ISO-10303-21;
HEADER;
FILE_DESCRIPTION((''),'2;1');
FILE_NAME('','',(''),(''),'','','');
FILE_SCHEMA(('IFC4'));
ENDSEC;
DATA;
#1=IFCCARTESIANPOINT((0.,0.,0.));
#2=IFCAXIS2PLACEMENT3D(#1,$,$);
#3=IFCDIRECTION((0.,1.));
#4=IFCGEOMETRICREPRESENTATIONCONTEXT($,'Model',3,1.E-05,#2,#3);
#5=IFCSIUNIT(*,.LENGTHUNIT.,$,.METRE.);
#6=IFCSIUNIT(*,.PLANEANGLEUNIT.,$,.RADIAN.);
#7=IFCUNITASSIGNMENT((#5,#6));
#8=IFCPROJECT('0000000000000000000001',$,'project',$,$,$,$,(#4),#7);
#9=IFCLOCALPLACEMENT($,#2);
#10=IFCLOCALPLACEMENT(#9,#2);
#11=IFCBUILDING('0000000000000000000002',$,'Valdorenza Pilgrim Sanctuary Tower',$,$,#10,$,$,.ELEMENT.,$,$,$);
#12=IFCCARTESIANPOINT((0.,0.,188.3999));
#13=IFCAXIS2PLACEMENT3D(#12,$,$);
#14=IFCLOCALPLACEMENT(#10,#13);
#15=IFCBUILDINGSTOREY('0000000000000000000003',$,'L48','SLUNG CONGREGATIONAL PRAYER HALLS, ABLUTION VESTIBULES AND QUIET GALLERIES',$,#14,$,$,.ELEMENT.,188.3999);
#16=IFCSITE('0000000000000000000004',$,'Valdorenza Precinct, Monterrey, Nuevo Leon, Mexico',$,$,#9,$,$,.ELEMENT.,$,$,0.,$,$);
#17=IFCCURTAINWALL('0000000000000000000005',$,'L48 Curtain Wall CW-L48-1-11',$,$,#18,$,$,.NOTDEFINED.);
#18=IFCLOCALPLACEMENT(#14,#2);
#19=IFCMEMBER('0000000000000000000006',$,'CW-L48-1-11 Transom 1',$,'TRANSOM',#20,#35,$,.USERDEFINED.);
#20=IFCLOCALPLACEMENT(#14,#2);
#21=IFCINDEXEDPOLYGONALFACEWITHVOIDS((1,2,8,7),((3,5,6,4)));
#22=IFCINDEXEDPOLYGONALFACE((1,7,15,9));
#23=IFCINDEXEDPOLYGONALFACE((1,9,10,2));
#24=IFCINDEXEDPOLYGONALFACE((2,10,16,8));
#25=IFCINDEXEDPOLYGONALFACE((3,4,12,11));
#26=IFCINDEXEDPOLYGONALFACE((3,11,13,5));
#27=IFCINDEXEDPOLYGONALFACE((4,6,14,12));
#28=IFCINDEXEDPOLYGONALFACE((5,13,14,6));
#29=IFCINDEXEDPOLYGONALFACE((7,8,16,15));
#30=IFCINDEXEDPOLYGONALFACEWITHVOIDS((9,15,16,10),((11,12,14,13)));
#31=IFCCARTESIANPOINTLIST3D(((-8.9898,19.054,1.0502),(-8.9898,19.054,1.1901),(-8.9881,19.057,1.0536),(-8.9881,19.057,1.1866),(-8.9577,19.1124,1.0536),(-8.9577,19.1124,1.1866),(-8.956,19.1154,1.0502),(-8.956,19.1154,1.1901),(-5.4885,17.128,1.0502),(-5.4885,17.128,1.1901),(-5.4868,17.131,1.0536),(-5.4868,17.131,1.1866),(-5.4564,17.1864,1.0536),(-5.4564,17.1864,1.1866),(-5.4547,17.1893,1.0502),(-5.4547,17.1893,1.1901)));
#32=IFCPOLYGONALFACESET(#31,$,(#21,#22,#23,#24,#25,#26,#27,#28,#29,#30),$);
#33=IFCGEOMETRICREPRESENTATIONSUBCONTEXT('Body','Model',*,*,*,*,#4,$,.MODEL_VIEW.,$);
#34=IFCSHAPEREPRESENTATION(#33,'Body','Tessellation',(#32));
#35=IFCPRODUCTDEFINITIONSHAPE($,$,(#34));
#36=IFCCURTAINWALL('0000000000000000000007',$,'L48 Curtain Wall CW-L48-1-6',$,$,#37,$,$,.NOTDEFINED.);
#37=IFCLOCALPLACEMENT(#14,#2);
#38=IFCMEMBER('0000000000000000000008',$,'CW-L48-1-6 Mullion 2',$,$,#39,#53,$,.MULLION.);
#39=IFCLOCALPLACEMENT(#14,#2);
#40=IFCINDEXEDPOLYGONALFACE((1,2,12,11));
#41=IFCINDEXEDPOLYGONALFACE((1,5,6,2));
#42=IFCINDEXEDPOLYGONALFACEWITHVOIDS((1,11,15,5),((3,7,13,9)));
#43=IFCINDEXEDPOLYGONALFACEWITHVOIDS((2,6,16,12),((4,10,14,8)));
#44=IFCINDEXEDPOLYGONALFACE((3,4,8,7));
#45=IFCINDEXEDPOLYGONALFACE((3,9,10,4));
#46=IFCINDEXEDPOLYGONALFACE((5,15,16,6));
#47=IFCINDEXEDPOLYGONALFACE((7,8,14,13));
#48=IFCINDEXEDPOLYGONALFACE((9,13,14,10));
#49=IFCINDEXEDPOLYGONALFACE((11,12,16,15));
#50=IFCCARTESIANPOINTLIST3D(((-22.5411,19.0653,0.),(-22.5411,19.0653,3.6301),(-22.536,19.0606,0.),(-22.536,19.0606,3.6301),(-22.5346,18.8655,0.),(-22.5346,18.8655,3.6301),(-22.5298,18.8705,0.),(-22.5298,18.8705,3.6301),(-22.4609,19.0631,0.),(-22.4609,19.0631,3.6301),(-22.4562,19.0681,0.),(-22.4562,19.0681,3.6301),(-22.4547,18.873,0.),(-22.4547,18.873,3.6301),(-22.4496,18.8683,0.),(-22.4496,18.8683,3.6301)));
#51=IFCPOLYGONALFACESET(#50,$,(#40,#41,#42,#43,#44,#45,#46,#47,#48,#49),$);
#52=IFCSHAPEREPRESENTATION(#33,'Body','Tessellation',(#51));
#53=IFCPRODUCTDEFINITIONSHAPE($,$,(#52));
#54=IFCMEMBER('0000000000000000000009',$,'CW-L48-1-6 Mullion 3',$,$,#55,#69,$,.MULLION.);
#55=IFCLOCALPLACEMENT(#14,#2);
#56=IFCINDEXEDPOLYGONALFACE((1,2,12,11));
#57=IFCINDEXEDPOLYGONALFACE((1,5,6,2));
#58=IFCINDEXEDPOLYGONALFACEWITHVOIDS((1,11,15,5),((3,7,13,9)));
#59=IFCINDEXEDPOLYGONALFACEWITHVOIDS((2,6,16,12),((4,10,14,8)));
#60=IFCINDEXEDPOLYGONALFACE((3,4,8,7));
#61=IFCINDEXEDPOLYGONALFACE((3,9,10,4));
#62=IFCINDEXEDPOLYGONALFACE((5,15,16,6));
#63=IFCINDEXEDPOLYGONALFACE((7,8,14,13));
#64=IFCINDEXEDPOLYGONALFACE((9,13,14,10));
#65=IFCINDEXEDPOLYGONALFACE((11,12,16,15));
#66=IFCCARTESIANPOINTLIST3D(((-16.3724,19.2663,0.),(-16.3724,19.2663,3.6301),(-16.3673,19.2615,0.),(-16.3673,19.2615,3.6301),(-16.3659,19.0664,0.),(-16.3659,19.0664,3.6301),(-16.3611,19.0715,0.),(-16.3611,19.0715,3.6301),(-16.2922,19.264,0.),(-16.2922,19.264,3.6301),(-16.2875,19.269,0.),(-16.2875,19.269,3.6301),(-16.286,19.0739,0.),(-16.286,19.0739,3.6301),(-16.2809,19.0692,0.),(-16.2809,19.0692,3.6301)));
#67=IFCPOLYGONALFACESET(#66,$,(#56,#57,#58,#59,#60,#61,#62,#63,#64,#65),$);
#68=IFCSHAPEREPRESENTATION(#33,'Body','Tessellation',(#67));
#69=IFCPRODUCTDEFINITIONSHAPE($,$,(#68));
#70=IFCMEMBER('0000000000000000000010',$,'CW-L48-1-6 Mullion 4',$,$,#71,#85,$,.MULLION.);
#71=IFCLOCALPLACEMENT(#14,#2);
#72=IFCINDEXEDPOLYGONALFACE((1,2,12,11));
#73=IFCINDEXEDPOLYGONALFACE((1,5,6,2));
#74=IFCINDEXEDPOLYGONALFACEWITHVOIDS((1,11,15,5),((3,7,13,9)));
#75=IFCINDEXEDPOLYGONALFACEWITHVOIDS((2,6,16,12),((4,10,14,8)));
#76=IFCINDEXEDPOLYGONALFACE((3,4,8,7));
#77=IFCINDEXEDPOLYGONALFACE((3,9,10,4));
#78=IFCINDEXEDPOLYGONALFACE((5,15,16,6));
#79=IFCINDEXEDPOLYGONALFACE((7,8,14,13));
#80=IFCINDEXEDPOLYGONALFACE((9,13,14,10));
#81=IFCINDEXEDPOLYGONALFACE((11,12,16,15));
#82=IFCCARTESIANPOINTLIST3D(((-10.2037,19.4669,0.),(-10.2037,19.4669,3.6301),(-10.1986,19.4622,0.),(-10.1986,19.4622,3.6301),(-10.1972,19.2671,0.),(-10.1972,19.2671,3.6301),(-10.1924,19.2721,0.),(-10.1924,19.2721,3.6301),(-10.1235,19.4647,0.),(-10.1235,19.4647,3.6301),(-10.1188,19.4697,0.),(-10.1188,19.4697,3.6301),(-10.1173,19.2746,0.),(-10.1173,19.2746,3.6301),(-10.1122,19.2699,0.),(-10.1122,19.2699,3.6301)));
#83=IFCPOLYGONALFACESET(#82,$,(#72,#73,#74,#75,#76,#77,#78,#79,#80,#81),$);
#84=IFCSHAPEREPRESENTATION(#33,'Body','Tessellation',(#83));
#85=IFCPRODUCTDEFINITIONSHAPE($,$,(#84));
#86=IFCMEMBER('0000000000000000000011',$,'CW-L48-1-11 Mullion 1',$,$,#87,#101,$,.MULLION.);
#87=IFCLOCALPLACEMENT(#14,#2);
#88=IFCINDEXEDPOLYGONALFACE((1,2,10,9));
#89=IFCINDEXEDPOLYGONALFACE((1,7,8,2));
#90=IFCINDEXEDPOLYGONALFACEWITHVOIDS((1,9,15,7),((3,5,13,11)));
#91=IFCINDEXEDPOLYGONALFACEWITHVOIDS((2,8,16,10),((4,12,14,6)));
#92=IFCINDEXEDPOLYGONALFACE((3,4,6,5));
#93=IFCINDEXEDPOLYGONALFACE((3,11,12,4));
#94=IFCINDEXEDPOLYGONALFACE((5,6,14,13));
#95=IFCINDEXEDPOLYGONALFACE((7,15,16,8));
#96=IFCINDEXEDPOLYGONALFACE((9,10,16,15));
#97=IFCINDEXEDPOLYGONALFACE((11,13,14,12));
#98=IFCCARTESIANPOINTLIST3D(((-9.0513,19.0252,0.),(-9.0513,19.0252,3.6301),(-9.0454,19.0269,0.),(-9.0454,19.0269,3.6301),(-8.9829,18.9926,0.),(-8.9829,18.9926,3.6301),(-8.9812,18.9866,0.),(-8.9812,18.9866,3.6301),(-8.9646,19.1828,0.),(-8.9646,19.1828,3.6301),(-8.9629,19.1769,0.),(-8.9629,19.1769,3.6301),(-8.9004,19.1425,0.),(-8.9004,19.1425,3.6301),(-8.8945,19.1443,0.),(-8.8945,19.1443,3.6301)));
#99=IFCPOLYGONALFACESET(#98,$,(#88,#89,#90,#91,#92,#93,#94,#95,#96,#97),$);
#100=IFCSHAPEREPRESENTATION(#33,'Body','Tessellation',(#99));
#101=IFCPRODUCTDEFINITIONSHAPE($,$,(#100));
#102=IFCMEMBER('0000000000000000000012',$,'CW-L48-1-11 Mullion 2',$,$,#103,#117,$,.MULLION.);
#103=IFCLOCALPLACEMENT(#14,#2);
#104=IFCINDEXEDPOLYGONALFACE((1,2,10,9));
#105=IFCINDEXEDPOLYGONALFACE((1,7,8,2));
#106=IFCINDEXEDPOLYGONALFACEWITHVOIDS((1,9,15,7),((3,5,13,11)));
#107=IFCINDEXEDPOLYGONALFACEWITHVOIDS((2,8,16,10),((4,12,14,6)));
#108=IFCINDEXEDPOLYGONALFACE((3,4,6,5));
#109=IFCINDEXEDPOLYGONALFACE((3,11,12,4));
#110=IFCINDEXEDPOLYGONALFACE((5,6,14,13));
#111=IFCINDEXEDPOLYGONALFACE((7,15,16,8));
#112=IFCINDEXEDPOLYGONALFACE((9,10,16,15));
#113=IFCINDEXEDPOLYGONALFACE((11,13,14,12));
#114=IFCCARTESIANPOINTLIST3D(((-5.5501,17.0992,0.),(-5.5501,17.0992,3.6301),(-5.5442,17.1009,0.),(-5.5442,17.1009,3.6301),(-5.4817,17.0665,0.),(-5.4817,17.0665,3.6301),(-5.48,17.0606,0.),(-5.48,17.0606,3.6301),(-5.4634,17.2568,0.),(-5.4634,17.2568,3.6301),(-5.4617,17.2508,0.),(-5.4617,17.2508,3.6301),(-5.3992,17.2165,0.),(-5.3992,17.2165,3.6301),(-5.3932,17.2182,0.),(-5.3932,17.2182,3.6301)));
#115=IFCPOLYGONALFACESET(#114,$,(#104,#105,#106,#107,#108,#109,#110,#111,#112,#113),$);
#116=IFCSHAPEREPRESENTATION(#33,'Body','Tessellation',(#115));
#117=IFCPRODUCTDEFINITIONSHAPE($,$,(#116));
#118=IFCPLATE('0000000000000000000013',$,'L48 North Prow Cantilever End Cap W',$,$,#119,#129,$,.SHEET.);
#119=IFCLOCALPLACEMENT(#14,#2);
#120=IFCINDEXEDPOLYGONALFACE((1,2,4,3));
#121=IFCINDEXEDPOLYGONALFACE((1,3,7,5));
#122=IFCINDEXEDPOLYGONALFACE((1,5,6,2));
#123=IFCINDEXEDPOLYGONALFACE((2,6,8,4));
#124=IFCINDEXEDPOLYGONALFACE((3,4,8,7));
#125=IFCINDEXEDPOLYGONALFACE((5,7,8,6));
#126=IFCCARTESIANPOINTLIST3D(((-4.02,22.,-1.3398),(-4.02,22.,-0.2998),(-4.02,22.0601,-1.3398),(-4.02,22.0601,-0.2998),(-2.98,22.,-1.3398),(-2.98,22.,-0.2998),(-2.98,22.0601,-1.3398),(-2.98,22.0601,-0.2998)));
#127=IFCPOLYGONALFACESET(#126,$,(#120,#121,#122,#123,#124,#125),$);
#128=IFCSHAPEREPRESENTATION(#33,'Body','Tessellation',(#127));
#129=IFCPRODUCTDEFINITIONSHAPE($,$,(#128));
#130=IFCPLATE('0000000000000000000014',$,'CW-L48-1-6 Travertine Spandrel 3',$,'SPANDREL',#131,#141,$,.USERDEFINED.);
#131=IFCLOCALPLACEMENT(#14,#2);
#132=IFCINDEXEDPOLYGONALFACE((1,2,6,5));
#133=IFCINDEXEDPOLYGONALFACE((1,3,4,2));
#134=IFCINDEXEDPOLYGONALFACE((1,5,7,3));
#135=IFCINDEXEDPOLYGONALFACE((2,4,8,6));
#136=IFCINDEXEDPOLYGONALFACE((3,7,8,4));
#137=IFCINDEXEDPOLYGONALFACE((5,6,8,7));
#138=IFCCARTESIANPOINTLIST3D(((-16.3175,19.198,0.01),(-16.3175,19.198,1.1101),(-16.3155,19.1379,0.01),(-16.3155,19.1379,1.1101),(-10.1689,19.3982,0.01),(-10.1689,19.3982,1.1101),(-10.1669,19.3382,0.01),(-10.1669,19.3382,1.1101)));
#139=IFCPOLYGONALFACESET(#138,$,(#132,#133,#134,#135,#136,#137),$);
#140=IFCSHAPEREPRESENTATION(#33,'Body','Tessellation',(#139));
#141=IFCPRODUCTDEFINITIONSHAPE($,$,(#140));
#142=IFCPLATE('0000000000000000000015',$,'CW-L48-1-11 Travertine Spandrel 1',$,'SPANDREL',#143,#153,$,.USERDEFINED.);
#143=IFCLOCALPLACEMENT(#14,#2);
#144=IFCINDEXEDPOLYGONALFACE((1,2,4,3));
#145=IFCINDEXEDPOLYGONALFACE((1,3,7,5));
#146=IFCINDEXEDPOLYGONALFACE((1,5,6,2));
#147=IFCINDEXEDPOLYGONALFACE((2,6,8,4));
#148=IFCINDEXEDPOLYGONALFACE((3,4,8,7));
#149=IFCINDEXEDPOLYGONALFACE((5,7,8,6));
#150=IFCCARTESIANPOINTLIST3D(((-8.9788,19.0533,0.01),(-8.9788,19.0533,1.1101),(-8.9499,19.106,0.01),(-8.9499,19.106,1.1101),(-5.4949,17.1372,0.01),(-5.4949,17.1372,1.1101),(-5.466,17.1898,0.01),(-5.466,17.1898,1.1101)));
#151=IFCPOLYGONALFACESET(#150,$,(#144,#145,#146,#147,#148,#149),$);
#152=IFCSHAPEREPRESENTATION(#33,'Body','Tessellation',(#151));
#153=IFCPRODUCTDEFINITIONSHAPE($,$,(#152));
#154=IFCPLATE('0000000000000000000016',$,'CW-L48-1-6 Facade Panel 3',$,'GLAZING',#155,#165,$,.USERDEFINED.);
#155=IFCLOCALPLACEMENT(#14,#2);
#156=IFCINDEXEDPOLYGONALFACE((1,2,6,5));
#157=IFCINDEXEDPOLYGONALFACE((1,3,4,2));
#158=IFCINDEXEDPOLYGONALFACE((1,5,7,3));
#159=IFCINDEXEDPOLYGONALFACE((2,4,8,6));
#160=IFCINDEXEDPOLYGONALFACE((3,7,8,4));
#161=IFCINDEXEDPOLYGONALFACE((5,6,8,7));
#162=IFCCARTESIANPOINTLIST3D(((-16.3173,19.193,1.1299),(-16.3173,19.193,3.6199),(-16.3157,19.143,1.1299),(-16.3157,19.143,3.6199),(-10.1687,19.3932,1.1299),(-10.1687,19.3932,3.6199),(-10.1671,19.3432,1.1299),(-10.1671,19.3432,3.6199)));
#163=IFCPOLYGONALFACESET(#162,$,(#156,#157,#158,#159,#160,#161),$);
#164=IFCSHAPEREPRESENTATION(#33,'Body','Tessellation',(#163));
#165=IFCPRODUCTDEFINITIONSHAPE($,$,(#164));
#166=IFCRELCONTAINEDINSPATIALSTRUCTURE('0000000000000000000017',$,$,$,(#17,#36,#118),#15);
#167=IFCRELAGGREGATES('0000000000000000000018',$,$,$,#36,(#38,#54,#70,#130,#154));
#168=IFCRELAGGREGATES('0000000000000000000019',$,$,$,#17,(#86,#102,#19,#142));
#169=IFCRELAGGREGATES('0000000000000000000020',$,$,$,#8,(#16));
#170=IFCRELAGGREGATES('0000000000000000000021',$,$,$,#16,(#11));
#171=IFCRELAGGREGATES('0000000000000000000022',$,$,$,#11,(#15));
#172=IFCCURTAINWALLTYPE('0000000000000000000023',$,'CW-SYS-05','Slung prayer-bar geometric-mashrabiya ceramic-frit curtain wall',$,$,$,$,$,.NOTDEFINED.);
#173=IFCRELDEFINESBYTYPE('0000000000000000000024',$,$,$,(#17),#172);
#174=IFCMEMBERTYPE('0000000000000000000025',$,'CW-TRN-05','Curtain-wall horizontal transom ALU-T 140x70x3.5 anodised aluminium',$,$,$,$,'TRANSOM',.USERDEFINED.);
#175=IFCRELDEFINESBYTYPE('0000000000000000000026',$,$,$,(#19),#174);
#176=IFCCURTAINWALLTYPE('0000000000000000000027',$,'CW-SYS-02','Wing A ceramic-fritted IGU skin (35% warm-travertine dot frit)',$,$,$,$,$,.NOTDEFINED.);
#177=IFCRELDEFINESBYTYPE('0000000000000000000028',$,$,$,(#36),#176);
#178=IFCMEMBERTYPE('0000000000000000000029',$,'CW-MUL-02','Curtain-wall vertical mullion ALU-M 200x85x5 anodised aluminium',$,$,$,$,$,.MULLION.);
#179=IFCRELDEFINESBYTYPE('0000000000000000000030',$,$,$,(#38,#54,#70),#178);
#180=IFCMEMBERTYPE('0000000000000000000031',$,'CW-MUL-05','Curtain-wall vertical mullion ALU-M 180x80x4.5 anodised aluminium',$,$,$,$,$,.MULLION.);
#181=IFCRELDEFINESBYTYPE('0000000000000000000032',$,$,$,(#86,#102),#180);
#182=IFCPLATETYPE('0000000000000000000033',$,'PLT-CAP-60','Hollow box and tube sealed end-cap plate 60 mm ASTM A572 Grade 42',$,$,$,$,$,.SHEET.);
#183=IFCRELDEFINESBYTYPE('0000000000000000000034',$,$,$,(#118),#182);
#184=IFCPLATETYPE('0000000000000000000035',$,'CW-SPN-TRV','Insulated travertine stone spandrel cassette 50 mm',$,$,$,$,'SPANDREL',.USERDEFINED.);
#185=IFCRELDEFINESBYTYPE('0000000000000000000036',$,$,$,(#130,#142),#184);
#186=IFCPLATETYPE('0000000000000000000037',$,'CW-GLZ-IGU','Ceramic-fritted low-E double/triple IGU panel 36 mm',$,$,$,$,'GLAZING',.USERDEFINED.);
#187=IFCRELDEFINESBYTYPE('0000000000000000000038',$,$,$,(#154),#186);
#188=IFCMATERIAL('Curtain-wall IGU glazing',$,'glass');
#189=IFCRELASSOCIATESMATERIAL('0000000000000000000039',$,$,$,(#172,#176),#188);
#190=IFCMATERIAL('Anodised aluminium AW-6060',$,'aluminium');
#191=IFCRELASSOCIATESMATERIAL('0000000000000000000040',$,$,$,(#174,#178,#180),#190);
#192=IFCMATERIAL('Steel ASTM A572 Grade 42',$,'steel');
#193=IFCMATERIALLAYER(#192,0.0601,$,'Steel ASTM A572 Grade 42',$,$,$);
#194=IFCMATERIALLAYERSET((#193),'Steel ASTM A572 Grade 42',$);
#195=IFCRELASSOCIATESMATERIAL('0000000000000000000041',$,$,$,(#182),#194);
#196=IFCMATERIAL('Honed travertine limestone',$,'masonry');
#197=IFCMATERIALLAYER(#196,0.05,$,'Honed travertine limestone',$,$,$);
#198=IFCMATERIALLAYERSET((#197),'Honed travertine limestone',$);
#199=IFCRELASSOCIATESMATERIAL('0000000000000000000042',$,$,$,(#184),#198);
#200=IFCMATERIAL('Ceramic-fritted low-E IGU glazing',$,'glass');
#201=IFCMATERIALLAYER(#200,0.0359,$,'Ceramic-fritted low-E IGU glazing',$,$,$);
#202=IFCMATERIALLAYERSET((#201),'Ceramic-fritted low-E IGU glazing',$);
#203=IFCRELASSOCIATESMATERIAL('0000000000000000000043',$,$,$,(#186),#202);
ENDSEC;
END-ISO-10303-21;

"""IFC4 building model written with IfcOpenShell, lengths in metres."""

from ifc_helpers import new_model, si_unit, direction, frame, origin, origin_2d, place, context, subcontext, project, spatial, rectangle, hollow_rectangle, extrude, source, transform, mapped, material, layer, layer_set, material_profile, profile_set, type_object, element, aggregate, save


model = new_model("IFC4")

# Units and contexts
model_context = context("Model", 3, precision=1e-05, world=origin(), true_north=direction((0.0, 1.0)))
body_context = subcontext(model_context, "Body", "Model", "MODEL_VIEW")
ifc_project = project(units=[si_unit("LENGTHUNIT", "METRE"), si_unit("PLANEANGLEUNIT", "RADIAN")], contexts=[model_context])

# Site, building, storey
site_placement = place(None, origin())
site = spatial("IfcSite", under=ifc_project, at=site_placement, Name="Valdorenza Precinct, Monterrey, Nuevo Leon, Mexico", CompositionType="ELEMENT", RefElevation=0.0)
building_placement = place(site_placement, origin())
building = spatial("IfcBuilding", under=site, at=building_placement, Name="Valdorenza Pilgrim Sanctuary Tower", CompositionType="ELEMENT")
storey_placement = place(building_placement, frame((0.0, 0.0, 188.3999)))
storey = spatial("IfcBuildingStorey", under=building, at=storey_placement, Name="L48", Description="SLUNG CONGREGATIONAL PRAYER HALLS, ABLUTION VESTIBULES AND QUIET GALLERIES", CompositionType="ELEMENT", Elevation=188.3999)

# Shared definitions
ifc_material_1 = material(Name="Steel ASTM A572 Grade 42", Category="steel")

# Curtain wall, member
ifc_material_2 = material(Name="Curtain-wall IGU glazing", Category="glass")
curtain_wall_type_1 = type_object("IfcCurtainWallType", Name="CW-SYS-05", Description="Slung prayer-bar geometric-mashrabiya ceramic-frit curtain wall", PredefinedType="NOTDEFINED", material=ifc_material_2)
curtain_wall_1_placement = place(storey_placement, origin())
curtain_wall_1 = element("IfcCurtainWall", 1, at=curtain_wall_1_placement, inside=storey, type_object=curtain_wall_type_1, Name="L48 Curtain Wall CW-L48-1-11", PredefinedType="NOTDEFINED")
ifc_material_3 = material(Name="Anodised aluminium AW-6060", Category="aluminium")
ifc_material_profile_1 = material_profile(ifc_material_3, hollow_rectangle(XDim=0.0701, YDim=0.1399, WallThickness=0.0034, at=origin_2d()), Name="ALU-T 140x70x3.5")
ifc_profile_set_1 = profile_set([ifc_material_profile_1], Name="Anodised aluminium AW-6060")
member_type_1 = type_object("IfcMemberType", Name="CW-TRN-05", Description="Curtain-wall horizontal transom ALU-T 140x70x3.5 anodised aluminium", ElementType="TRANSOM", PredefinedType="USERDEFINED", material=ifc_profile_set_1)
shared_shape_1 = source(origin(), body_context, "Body", "SweptSolid", [
    extrude(hollow_rectangle(XDim=0.0701, YDim=0.1399, WallThickness=0.0034, at=origin_2d()), origin(), (0.0, 0.0, 1.0), 3.9961),
])
member_1_placement = place(storey_placement, frame((-8.9729, 19.0847, 1.1201), z_axis=(0.876178, -0.481987, 0.0), x_axis=(0.481987, 0.876178, 0.0)))
member_1 = element("IfcMember", 2, at=member_1_placement, type_object=member_type_1, Name="CW-L48-1-11 Transom 1", ObjectType="TRANSOM", PredefinedType="USERDEFINED", context=body_context, shape_type="MappedRepresentation", body=[
    mapped(shared_shape_1, transform((0.0, 0.0, 0.0), x_axis=(1.0, 0.0, 0.0), y_axis=(0.0, 1.0, 0.0), z_axis=(0.0, 0.0, 1.0), scale=1.0)),
])

# Curtain wall, members
curtain_wall_type_2 = type_object("IfcCurtainWallType", Name="CW-SYS-02", Description="Wing A ceramic-fritted IGU skin (35% warm-travertine dot frit)", PredefinedType="NOTDEFINED", material=ifc_material_2)
curtain_wall_2_placement = place(storey_placement, origin())
curtain_wall_2 = element("IfcCurtainWall", 3, at=curtain_wall_2_placement, inside=storey, type_object=curtain_wall_type_2, Name="L48 Curtain Wall CW-L48-1-6", PredefinedType="NOTDEFINED")
ifc_material_profile_2 = material_profile(ifc_material_3, hollow_rectangle(XDim=0.085, YDim=0.2, WallThickness=0.0049, at=origin_2d()), Name="ALU-M 200x85x5")
ifc_profile_set_2 = profile_set([ifc_material_profile_2], Name="Anodised aluminium AW-6060")
member_type_2 = type_object("IfcMemberType", Name="CW-MUL-02", Description="Curtain-wall vertical mullion ALU-M 200x85x5 anodised aluminium", PredefinedType="MULLION", material=ifc_profile_set_2)
shared_shape_2 = source(origin(), body_context, "Body", "SweptSolid", [
    extrude(hollow_rectangle(XDim=0.085, YDim=0.2, WallThickness=0.0049, at=origin_2d()), origin(), (0.0, 0.0, 1.0), 3.6301),
])
member_2_placement = place(storey_placement, frame((-22.4954, 18.9668, 0.0), z_axis=(0.0, 0.0, 1.0), x_axis=(0.99947, 0.032545, 0.0)))
member_2 = element("IfcMember", 4, at=member_2_placement, type_object=member_type_2, Name="CW-L48-1-6 Mullion 2", PredefinedType="MULLION", context=body_context, shape_type="MappedRepresentation", body=[
    mapped(shared_shape_2, transform((0.0, 0.0, 0.0), x_axis=(1.0, 0.0, 0.0), y_axis=(0.0, 1.0, 0.0), z_axis=(0.0, 0.0, 1.0), scale=1.0)),
])
member_3_placement = place(storey_placement, frame((-16.3267, 19.1677, 0.0), z_axis=(0.0, 0.0, 1.0), x_axis=(0.99947, 0.032545, 0.0)))
member_3 = element("IfcMember", 5, at=member_3_placement, type_object=member_type_2, Name="CW-L48-1-6 Mullion 3", PredefinedType="MULLION", context=body_context, shape_type="MappedRepresentation", body=[
    mapped(shared_shape_2, transform((0.0, 0.0, 0.0), x_axis=(1.0, 0.0, 0.0), y_axis=(0.0, 1.0, 0.0), z_axis=(0.0, 0.0, 1.0), scale=1.0)),
])
member_4_placement = place(storey_placement, frame((-10.158, 19.3684, 0.0), z_axis=(0.0, 0.0, 1.0), x_axis=(0.99947, 0.032545, 0.0)))
member_4 = element("IfcMember", 6, at=member_4_placement, type_object=member_type_2, Name="CW-L48-1-6 Mullion 4", PredefinedType="MULLION", context=body_context, shape_type="MappedRepresentation", body=[
    mapped(shared_shape_2, transform((0.0, 0.0, 0.0), x_axis=(1.0, 0.0, 0.0), y_axis=(0.0, 1.0, 0.0), z_axis=(0.0, 0.0, 1.0), scale=1.0)),
])

# Members
ifc_material_profile_3 = material_profile(ifc_material_3, hollow_rectangle(XDim=0.0801, YDim=0.1799, WallThickness=0.0044, at=origin_2d()), Name="ALU-M 180x80x4.5")
ifc_profile_set_3 = profile_set([ifc_material_profile_3], Name="Anodised aluminium AW-6060")
member_type_3 = type_object("IfcMemberType", Name="CW-MUL-05", Description="Curtain-wall vertical mullion ALU-M 180x80x4.5 anodised aluminium", PredefinedType="MULLION", material=ifc_profile_set_3)
shared_shape_3 = source(origin(), body_context, "Body", "SweptSolid", [
    extrude(hollow_rectangle(XDim=0.0801, YDim=0.1799, WallThickness=0.0044, at=origin_2d()), origin(), (0.0, 0.0, 1.0), 3.6301),
])
member_5_placement = place(storey_placement, frame((-8.9729, 19.0847, 0.0), z_axis=(0.0, 0.0, 1.0), x_axis=(0.876214, -0.481922, 0.0)))
member_5 = element("IfcMember", 7, at=member_5_placement, type_object=member_type_3, Name="CW-L48-1-11 Mullion 1", PredefinedType="MULLION", context=body_context, shape_type="MappedRepresentation", body=[
    mapped(shared_shape_3, transform((0.0, 0.0, 0.0), x_axis=(1.0, 0.0, 0.0), y_axis=(0.0, 1.0, 0.0), z_axis=(0.0, 0.0, 1.0), scale=1.0)),
])
member_6_placement = place(storey_placement, frame((-5.4717, 17.1587, 0.0), z_axis=(0.0, 0.0, 1.0), x_axis=(0.876214, -0.481922, 0.0)))
member_6 = element("IfcMember", 8, at=member_6_placement, type_object=member_type_3, Name="CW-L48-1-11 Mullion 2", PredefinedType="MULLION", context=body_context, shape_type="MappedRepresentation", body=[
    mapped(shared_shape_3, transform((0.0, 0.0, 0.0), x_axis=(1.0, 0.0, 0.0), y_axis=(0.0, 1.0, 0.0), z_axis=(0.0, 0.0, 1.0), scale=1.0)),
])

# Plates
ifc_layer_1 = layer(ifc_material_1, 0.0601, Name="Steel ASTM A572 Grade 42")
ifc_layer_set_1 = layer_set([ifc_layer_1], Name="Steel ASTM A572 Grade 42")
plate_type_1 = type_object("IfcPlateType", Name="PLT-CAP-60", Description="Hollow box and tube sealed end-cap plate 60 mm ASTM A572 Grade 42", PredefinedType="SHEET", material=ifc_layer_set_1)
shared_shape_4 = source(origin(), body_context, "Body", "SweptSolid", [
    extrude(rectangle(XDim=1.04, YDim=0.0601, at=origin_2d()), origin(), (0.0, 0.0, 1.0), 1.04),
])
plate_1_placement = place(storey_placement, frame((-3.5, 22.03, -1.3398), z_axis=(0.0, 0.0, 1.0), x_axis=(1.0, 0.0, 0.0)))
element("IfcPlate", 9, at=plate_1_placement, inside=storey, type_object=plate_type_1, Name="L48 North Prow Cantilever End Cap W", PredefinedType="SHEET", context=body_context, shape_type="MappedRepresentation", body=[
    mapped(shared_shape_4, transform((0.0, 0.0, 0.0), x_axis=(1.0, 0.0, 0.0), y_axis=(0.0, 1.0, 0.0), z_axis=(0.0, 0.0, 1.0), scale=1.0)),
])
ifc_material_4 = material(Name="Honed travertine limestone", Category="masonry")
ifc_layer_2 = layer(ifc_material_4, 0.05, Name="Honed travertine limestone")
ifc_layer_set_2 = layer_set([ifc_layer_2], Name="Honed travertine limestone")
plate_type_2 = type_object("IfcPlateType", Name="CW-SPN-TRV", Description="Insulated travertine stone spandrel cassette 50 mm", ElementType="SPANDREL", PredefinedType="USERDEFINED", material=ifc_layer_set_2)
shared_shape_5 = source(origin(), body_context, "Body", "SweptSolid", [
    extrude(rectangle(XDim=6.1519, YDim=0.0601, at=origin_2d()), origin(), (0.0, 0.0, 1.0), 1.1001),
])
plate_2_placement = place(storey_placement, frame((-13.2422, 19.2681, 0.01), z_axis=(0.0, 0.0, 1.0), x_axis=(0.99947, 0.032545, 0.0)))
plate_2 = element("IfcPlate", 10, at=plate_2_placement, type_object=plate_type_2, Name="CW-L48-1-6 Travertine Spandrel 3", ObjectType="SPANDREL", PredefinedType="USERDEFINED", context=body_context, shape_type="MappedRepresentation", body=[
    mapped(shared_shape_5, transform((0.0, 0.0, 0.0), x_axis=(1.0, 0.0, 0.0), y_axis=(0.0, 1.0, 0.0), z_axis=(0.0, 0.0, 1.0), scale=1.0)),
])
shared_shape_6 = source(origin(), body_context, "Body", "SweptSolid", [
    extrude(rectangle(XDim=3.9761, YDim=0.0601, at=origin_2d()), origin(), (0.0, 0.0, 1.0), 1.1001),
])
plate_3_placement = place(storey_placement, frame((-7.2224, 18.1216, 0.01), z_axis=(0.0, 0.0, 1.0), x_axis=(0.876214, -0.481922, 0.0)))
plate_3 = element("IfcPlate", 11, at=plate_3_placement, type_object=plate_type_2, Name="CW-L48-1-11 Travertine Spandrel 1", ObjectType="SPANDREL", PredefinedType="USERDEFINED", context=body_context, shape_type="MappedRepresentation", body=[
    mapped(shared_shape_6, transform((0.0, 0.0, 0.0), x_axis=(1.0, 0.0, 0.0), y_axis=(0.0, 1.0, 0.0), z_axis=(0.0, 0.0, 1.0), scale=1.0)),
])
ifc_material_5 = material(Name="Ceramic-fritted low-E IGU glazing", Category="glass")
ifc_layer_3 = layer(ifc_material_5, 0.0359, Name="Ceramic-fritted low-E IGU glazing")
ifc_layer_set_3 = layer_set([ifc_layer_3], Name="Ceramic-fritted low-E IGU glazing")
plate_type_3 = type_object("IfcPlateType", Name="CW-GLZ-IGU", Description="Ceramic-fritted low-E double/triple IGU panel 36 mm", ElementType="GLAZING", PredefinedType="USERDEFINED", material=ifc_layer_set_3)
shared_shape_7 = source(origin(), body_context, "Body", "SweptSolid", [
    extrude(rectangle(XDim=6.1519, YDim=0.05, at=origin_2d()), origin(), (0.0, 0.0, 1.0), 2.49),
])
plate_4_placement = place(storey_placement, frame((-13.2422, 19.2681, 1.1299), z_axis=(0.0, 0.0, 1.0), x_axis=(0.99947, 0.032545, 0.0)))
plate_4 = element("IfcPlate", 12, at=plate_4_placement, type_object=plate_type_3, Name="CW-L48-1-6 Facade Panel 3", ObjectType="GLAZING", PredefinedType="USERDEFINED", context=body_context, shape_type="MappedRepresentation", body=[
    mapped(shared_shape_7, transform((0.0, 0.0, 0.0), x_axis=(1.0, 0.0, 0.0), y_axis=(0.0, 1.0, 0.0), z_axis=(0.0, 0.0, 1.0), scale=1.0)),
])
aggregate(curtain_wall_2, [member_2, member_3, member_4, plate_2, plate_4])
aggregate(curtain_wall_1, [member_5, member_6, member_1, plate_3])

save(model, "model.ifc")
